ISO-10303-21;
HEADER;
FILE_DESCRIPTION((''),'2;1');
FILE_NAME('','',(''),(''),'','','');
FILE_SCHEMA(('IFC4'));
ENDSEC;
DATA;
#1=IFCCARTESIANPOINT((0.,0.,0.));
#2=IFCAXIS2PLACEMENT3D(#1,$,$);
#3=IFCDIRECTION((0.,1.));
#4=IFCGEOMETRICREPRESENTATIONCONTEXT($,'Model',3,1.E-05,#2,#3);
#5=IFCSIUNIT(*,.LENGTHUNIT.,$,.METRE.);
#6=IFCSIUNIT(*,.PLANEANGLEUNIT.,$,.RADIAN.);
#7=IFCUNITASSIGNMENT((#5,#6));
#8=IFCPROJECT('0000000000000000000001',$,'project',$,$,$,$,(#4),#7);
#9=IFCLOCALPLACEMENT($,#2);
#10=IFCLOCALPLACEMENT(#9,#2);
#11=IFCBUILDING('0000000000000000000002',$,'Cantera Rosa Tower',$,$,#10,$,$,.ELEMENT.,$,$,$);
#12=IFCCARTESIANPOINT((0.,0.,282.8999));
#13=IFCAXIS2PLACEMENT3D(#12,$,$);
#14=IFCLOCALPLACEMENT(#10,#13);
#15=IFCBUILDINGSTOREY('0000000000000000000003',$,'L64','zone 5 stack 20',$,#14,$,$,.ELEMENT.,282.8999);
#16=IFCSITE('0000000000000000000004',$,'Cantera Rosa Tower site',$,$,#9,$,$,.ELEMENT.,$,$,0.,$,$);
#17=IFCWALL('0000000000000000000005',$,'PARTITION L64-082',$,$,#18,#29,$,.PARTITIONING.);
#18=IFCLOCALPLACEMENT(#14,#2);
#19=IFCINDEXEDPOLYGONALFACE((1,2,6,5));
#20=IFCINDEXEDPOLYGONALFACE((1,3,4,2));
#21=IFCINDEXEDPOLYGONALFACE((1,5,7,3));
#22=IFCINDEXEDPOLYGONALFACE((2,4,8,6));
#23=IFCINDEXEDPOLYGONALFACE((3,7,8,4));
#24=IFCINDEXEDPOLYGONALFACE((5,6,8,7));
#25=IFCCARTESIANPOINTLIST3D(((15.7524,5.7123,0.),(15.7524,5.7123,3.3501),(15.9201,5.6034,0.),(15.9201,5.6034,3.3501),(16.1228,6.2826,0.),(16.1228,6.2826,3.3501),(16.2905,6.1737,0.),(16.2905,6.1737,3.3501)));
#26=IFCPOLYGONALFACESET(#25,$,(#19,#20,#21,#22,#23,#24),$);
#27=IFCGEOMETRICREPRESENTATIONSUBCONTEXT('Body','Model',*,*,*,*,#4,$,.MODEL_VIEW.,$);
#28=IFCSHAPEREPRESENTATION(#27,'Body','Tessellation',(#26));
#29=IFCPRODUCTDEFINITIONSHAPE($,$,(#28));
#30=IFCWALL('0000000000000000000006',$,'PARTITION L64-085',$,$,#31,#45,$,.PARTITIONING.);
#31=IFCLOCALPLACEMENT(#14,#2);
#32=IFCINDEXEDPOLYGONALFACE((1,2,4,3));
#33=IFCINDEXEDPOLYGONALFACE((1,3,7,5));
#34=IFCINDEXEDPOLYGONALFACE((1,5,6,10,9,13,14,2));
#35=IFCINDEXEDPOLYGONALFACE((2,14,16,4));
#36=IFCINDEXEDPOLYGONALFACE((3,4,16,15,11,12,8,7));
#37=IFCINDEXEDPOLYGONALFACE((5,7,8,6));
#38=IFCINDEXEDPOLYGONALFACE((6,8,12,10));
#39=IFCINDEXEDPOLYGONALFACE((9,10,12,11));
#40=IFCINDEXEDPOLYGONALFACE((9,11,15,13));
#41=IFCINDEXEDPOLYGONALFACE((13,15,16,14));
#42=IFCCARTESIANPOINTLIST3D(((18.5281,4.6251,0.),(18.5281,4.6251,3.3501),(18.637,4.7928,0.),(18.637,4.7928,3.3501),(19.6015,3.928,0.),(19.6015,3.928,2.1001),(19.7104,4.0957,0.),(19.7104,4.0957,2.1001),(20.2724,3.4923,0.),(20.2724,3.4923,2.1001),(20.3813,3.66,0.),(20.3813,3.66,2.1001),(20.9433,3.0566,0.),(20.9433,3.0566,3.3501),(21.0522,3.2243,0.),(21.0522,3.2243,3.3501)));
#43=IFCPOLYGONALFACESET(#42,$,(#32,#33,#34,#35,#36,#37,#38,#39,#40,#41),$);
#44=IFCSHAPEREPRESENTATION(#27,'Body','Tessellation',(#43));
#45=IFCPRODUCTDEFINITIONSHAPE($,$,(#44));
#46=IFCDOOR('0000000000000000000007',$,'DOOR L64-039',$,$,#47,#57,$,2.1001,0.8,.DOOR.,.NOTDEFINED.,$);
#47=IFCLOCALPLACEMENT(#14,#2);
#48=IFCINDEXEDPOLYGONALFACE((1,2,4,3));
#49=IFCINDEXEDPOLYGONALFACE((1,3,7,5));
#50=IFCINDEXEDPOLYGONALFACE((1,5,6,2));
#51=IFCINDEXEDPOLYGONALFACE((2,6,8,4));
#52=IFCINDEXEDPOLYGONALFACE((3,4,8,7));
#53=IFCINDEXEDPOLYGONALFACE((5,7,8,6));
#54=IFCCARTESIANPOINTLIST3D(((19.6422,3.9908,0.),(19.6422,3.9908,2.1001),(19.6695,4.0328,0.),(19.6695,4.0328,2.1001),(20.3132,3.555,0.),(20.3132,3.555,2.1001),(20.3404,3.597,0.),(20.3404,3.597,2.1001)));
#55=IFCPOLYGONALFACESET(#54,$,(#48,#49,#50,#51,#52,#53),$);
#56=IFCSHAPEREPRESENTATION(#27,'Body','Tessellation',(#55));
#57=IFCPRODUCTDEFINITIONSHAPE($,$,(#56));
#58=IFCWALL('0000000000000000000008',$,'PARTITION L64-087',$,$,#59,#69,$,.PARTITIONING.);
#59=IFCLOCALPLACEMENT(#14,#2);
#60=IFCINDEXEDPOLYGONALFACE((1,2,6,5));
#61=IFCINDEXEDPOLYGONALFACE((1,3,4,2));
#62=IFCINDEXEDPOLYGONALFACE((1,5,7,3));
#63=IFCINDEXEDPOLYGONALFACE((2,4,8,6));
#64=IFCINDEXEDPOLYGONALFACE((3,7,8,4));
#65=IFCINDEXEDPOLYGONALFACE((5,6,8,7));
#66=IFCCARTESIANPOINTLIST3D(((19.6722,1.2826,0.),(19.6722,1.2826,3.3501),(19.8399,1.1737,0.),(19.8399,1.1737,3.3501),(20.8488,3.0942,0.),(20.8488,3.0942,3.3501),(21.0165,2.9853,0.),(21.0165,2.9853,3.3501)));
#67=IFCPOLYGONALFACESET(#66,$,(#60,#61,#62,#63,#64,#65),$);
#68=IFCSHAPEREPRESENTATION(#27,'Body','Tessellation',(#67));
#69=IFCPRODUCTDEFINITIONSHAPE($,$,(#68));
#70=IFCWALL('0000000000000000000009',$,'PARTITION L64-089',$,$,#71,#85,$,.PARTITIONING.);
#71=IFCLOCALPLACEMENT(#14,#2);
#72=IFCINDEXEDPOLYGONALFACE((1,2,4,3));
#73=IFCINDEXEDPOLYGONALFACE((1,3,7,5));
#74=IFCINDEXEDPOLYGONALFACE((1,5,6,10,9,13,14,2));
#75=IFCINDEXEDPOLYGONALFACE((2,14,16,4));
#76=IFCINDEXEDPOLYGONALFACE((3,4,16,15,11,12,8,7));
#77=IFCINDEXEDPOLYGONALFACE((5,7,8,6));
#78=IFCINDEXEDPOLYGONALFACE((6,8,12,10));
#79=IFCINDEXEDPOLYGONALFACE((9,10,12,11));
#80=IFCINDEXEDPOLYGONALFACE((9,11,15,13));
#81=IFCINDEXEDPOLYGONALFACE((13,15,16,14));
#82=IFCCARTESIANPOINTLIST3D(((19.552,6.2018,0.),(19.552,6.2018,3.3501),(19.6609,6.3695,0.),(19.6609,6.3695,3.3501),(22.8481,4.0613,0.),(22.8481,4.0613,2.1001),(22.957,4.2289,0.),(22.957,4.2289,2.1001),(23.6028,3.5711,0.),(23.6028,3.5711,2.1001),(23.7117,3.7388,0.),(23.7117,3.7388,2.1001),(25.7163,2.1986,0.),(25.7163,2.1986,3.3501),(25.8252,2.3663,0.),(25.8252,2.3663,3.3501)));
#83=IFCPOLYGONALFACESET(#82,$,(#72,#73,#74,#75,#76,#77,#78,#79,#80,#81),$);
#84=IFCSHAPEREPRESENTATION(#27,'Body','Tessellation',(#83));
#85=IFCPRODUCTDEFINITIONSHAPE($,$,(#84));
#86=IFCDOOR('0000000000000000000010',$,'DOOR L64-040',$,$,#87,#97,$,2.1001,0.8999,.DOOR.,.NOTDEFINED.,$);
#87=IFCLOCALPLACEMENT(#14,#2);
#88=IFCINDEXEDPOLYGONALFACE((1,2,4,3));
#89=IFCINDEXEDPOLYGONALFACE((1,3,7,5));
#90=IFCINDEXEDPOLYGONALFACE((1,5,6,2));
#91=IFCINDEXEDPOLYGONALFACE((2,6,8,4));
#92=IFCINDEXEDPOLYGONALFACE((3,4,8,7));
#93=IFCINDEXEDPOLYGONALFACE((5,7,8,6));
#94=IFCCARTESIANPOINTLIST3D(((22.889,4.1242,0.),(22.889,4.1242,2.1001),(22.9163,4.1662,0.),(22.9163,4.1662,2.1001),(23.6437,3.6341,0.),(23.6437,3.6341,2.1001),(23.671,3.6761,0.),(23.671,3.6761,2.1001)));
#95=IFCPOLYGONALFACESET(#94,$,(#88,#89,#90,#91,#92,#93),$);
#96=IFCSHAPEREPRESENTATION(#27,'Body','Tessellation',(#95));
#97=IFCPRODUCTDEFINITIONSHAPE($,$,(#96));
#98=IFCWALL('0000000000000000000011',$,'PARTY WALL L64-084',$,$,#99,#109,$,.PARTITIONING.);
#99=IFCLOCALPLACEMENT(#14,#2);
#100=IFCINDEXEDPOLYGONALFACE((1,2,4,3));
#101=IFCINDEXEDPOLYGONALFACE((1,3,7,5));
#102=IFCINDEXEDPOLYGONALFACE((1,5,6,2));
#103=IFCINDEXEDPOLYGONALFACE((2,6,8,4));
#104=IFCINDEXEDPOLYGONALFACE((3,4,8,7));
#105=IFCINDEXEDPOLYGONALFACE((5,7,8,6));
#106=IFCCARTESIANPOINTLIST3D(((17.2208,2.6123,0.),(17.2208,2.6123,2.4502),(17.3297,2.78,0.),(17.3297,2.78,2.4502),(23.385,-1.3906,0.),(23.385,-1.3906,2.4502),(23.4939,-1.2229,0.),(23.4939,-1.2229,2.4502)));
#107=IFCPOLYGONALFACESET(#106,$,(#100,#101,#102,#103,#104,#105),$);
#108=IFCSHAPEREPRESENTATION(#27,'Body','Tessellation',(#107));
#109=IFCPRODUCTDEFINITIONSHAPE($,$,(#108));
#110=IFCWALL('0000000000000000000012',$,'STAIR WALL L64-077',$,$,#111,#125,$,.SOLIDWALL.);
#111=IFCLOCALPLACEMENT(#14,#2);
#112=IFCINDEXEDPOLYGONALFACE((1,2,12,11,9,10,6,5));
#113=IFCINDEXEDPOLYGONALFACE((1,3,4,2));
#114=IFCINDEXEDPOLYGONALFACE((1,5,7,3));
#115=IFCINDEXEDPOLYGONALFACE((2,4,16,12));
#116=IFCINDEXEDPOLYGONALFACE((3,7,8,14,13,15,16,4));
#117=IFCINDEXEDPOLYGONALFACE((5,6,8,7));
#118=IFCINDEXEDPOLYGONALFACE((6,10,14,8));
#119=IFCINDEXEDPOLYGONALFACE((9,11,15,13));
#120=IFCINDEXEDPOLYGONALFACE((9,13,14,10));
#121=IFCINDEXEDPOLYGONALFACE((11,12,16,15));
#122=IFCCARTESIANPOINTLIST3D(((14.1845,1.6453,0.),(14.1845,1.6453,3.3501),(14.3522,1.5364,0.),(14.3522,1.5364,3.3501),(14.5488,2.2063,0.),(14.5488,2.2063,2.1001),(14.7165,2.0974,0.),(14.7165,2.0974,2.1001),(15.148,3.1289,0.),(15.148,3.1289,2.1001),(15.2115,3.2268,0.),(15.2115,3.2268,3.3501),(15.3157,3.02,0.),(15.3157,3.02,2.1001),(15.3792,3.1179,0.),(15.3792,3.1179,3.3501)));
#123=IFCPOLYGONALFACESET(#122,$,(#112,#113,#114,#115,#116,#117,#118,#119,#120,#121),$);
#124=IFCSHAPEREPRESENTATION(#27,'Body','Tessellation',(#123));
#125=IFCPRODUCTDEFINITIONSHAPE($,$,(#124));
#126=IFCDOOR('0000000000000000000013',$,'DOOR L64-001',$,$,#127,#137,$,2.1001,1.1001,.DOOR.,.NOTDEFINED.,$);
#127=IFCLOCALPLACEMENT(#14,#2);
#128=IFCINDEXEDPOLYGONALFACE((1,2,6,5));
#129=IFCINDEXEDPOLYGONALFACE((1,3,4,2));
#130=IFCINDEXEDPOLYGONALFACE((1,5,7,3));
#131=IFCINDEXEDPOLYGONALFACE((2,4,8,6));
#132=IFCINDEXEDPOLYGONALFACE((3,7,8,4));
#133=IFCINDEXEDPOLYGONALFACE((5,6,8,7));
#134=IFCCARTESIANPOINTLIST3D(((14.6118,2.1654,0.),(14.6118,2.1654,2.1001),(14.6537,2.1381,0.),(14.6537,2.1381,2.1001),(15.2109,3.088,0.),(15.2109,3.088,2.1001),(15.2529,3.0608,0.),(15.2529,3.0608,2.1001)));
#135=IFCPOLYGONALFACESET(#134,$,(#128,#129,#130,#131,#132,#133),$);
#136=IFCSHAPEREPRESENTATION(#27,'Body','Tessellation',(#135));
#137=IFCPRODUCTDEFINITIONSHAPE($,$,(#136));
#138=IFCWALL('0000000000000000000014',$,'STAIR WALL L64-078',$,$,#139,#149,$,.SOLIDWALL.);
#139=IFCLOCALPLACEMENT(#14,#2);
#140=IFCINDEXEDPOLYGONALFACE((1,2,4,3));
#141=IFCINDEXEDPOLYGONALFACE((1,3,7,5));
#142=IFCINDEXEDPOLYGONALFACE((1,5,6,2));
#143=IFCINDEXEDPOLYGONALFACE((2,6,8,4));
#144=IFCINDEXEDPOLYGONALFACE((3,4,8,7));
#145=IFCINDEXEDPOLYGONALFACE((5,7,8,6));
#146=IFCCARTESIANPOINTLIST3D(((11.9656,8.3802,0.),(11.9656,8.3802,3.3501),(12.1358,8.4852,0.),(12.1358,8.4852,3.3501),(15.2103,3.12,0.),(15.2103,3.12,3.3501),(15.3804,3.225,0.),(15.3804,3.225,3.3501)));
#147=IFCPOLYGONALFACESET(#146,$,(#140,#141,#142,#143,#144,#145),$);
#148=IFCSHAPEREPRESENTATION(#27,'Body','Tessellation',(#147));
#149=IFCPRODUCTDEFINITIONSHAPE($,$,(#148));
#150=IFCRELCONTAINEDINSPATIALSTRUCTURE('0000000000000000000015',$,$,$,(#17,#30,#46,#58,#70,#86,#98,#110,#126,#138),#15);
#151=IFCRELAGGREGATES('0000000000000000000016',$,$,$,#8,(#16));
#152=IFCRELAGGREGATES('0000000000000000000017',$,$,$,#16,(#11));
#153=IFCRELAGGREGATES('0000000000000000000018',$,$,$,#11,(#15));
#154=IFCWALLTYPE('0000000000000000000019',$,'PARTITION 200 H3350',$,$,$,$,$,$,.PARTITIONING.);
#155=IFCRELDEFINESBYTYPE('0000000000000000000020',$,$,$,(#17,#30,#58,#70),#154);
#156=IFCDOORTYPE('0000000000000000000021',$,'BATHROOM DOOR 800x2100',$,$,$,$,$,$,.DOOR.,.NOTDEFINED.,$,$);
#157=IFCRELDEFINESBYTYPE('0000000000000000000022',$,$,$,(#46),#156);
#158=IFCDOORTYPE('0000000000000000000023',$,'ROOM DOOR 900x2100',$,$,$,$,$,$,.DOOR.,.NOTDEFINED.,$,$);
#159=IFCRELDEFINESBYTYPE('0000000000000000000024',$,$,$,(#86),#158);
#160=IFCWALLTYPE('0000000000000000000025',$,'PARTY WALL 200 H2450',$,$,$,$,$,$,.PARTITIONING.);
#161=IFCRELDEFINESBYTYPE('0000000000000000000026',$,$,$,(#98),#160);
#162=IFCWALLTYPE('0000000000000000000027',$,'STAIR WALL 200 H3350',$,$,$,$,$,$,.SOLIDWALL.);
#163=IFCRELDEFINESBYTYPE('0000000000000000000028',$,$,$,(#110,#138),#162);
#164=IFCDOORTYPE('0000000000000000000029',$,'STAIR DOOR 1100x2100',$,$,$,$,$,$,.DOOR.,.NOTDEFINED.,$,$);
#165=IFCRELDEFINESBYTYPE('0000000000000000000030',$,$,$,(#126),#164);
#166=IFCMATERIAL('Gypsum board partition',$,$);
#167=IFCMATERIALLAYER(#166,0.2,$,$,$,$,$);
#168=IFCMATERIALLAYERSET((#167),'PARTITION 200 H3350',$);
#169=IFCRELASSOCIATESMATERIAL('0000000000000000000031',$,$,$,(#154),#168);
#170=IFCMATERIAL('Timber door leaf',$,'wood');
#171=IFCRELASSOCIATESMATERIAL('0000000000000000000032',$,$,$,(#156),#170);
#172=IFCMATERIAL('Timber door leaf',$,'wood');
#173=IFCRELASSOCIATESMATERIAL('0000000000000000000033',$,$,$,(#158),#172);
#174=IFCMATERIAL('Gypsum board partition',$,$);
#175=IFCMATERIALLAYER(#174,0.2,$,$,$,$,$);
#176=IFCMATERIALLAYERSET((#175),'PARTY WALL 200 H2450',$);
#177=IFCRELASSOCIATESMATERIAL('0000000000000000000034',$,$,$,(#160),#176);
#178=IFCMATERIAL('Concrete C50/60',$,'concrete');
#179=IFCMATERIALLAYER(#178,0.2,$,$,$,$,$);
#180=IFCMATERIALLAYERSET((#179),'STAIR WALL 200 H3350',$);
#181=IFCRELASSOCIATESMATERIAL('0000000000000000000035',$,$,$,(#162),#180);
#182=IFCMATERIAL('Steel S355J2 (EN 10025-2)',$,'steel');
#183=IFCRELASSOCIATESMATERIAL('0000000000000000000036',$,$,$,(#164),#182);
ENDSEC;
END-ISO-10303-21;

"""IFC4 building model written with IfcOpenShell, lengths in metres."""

from ifc_helpers import new_model, si_unit, direction, frame, frame_2d, origin, place, context, subcontext, project, spatial, rectangle, extrude, material, layer, layer_set, type_object, element, fill, save


model = new_model("IFC4")

# Units and contexts
model_context = context("Model", 3, precision=1e-05, world=origin(), true_north=direction((0.0, 1.0)))
body_context = subcontext(model_context, "Body", "Model", "MODEL_VIEW")
ifc_project = project(units=[si_unit("LENGTHUNIT", "METRE"), si_unit("PLANEANGLEUNIT", "RADIAN")], contexts=[model_context])

# Site, building, storey
site_placement = place(None, origin())
site = spatial("IfcSite", under=ifc_project, at=site_placement, Name="Cantera Rosa Tower site", CompositionType="ELEMENT", RefElevation=0.0)
building_placement = place(site_placement, origin())
building = spatial("IfcBuilding", under=site, at=building_placement, Name="Cantera Rosa Tower", CompositionType="ELEMENT")
storey_placement = place(building_placement, frame((0.0, 0.0, 282.8999)))
storey = spatial("IfcBuildingStorey", under=building, at=storey_placement, Name="L64", Description="zone 5 stack 20", CompositionType="ELEMENT", Elevation=282.8999)

# Wall
ifc_material_1 = material(Name="Gypsum board partition")
ifc_layer_1 = layer(ifc_material_1, 0.2)
ifc_layer_set_1 = layer_set([ifc_layer_1], Name="PARTITION 200 H3350")
wall_type_1 = type_object("IfcWallType", Name="PARTITION 200 H3350", PredefinedType="PARTITIONING", material=ifc_layer_set_1)
wall_1_placement = place(storey_placement, frame((16.2065, 6.228, 0.0), z_axis=(0.0, 0.0, 1.0), x_axis=(-0.544635, -0.838673, 0.0)))
element("IfcWall", 1, at=wall_1_placement, inside=storey, type_object=wall_type_1, Name="PARTITION L64-082", PredefinedType="PARTITIONING", context=body_context, shape_type="SweptSolid", body=[
    extrude(rectangle(XDim=0.6799, YDim=0.2, at=frame_2d((0.3398, 0.0))), origin(), (0.0, 0.0, 1.0), 3.3501),
])

# Wall, opening, door
wall_2_placement = place(storey_placement, frame((18.5825, 4.709, 0.0), z_axis=(0.0, 0.0, 1.0), x_axis=(0.838655, -0.544664, 0.0)))
wall_2 = element("IfcWall", 2, at=wall_2_placement, inside=storey, type_object=wall_type_1, Name="PARTITION L64-085", PredefinedType="PARTITIONING", context=body_context, shape_type="SweptSolid", body=[
    extrude(rectangle(XDim=2.8799, YDim=0.2, at=frame_2d((1.4399, 0.0))), origin(), (0.0, 0.0, 1.0), 3.3501),
])
opening_1_placement = place(wall_2_placement, frame((1.28, 0.0, 0.0)))
opening_1 = element("IfcOpeningElement", 3, at=opening_1_placement, cuts=wall_2, PredefinedType="OPENING", context=body_context, shape_type="SweptSolid", body=[
    extrude(rectangle(XDim=0.8, YDim=2.1001, at=frame_2d((0.3999, 1.05))), frame((0.0, 0.1099, 0.0), z_axis=(0.0, -1.0, 0.0), x_axis=(1.0, 0.0, 0.0)), (0.0, 0.0, 1.0), 0.22),
])
ifc_material_2 = material(Name="Timber door leaf", Category="wood")
door_type_1 = type_object("IfcDoorType", Name="BATHROOM DOOR 800x2100", OperationType="NOTDEFINED", PredefinedType="DOOR", material=ifc_material_2)
door_1_placement = place(opening_1_placement, origin())
door_1 = element("IfcDoor", 4, at=door_1_placement, inside=storey, type_object=door_type_1, Name="DOOR L64-039", OperationType="NOTDEFINED", OverallHeight=2.1001, OverallWidth=0.8, PredefinedType="DOOR", context=body_context, shape_type="SweptSolid", body=[
    extrude(rectangle(XDim=0.8, YDim=2.1001, at=frame_2d((0.3999, 1.05))), frame((0.0, 0.0249, 0.0), z_axis=(0.0, -1.0, 0.0), x_axis=(1.0, 0.0, 0.0)), (0.0, 0.0, 1.0), 0.05),
])
fill(opening_1, door_1)

# Wall
wall_3_placement = place(storey_placement, frame((20.9326, 3.0398, 0.0), z_axis=(0.0, 0.0, 1.0), x_axis=(-0.54467, -0.83865, 0.0)))
element("IfcWall", 5, at=wall_3_placement, inside=storey, type_object=wall_type_1, Name="PARTITION L64-087", PredefinedType="PARTITIONING", context=body_context, shape_type="SweptSolid", body=[
    extrude(rectangle(XDim=2.1602, YDim=0.2, at=frame_2d((1.0801, 0.0))), origin(), (0.0, 0.0, 1.0), 3.3501),
])

# Wall, opening, door
wall_4_placement = place(storey_placement, frame((25.7708, 2.2825, 0.0), z_axis=(0.0, 0.0, 1.0), x_axis=(-0.838669, 0.544642, 0.0)))
wall_4 = element("IfcWall", 6, at=wall_4_placement, inside=storey, type_object=wall_type_1, Name="PARTITION L64-089", PredefinedType="PARTITIONING", context=body_context, shape_type="SweptSolid", body=[
    extrude(rectangle(XDim=7.3501, YDim=0.2, at=frame_2d((3.675, 0.0))), origin(), (0.0, 0.0, 1.0), 3.3501),
])
opening_2_placement = place(wall_4_placement, frame((2.52, 0.0, 0.0)))
opening_2 = element("IfcOpeningElement", 7, at=opening_2_placement, cuts=wall_4, PredefinedType="OPENING", context=body_context, shape_type="SweptSolid", body=[
    extrude(rectangle(XDim=0.8999, YDim=2.1001, at=frame_2d((0.45, 1.05))), frame((0.0, 0.1099, 0.0), z_axis=(0.0, -1.0, 0.0), x_axis=(1.0, 0.0, 0.0)), (0.0, 0.0, 1.0), 0.22),
])
ifc_material_3 = material(Name="Timber door leaf", Category="wood")
door_type_2 = type_object("IfcDoorType", Name="ROOM DOOR 900x2100", OperationType="NOTDEFINED", PredefinedType="DOOR", material=ifc_material_3)
door_2_placement = place(opening_2_placement, origin())
door_2 = element("IfcDoor", 8, at=door_2_placement, inside=storey, type_object=door_type_2, Name="DOOR L64-040", OperationType="NOTDEFINED", OverallHeight=2.1001, OverallWidth=0.8999, PredefinedType="DOOR", context=body_context, shape_type="SweptSolid", body=[
    extrude(rectangle(XDim=0.8999, YDim=2.1001, at=frame_2d((0.45, 1.05))), frame((0.0, 0.0249, 0.0), z_axis=(0.0, -1.0, 0.0), x_axis=(1.0, 0.0, 0.0)), (0.0, 0.0, 1.0), 0.05),
])
fill(opening_2, door_2)

# Wall
ifc_material_4 = material(Name="Gypsum board partition")
ifc_layer_2 = layer(ifc_material_4, 0.2)
ifc_layer_set_2 = layer_set([ifc_layer_2], Name="PARTY WALL 200 H2450")
wall_type_2 = type_object("IfcWallType", Name="PARTY WALL 200 H2450", PredefinedType="PARTITIONING", material=ifc_layer_set_2)
wall_5_placement = place(storey_placement, frame((17.2754, 2.696, 0.0), z_axis=(0.0, 0.0, 1.0), x_axis=(0.838684, -0.544618, 0.0)))
element("IfcWall", 9, at=wall_5_placement, inside=storey, type_object=wall_type_2, Name="PARTY WALL L64-084", PredefinedType="PARTITIONING", context=body_context, shape_type="SweptSolid", body=[
    extrude(rectangle(XDim=7.3499, YDim=0.2, at=frame_2d((3.6748, 0.0))), origin(), (0.0, 0.0, 1.0), 2.4502),
])

# Wall, opening, door
ifc_material_5 = material(Name="Concrete C50/60", Category="concrete")
ifc_layer_3 = layer(ifc_material_5, 0.2)
ifc_layer_set_3 = layer_set([ifc_layer_3], Name="STAIR WALL 200 H3350")
wall_type_3 = type_object("IfcWallType", Name="STAIR WALL 200 H3350", PredefinedType="SOLIDWALL", material=ifc_layer_set_3)
wall_6_placement = place(storey_placement, frame((14.2683, 1.5908, 0.0), z_axis=(0.0, 0.0, 1.0), x_axis=(0.544652, 0.838662, 0.0)))
wall_6 = element("IfcWall", 10, at=wall_6_placement, inside=storey, type_object=wall_type_3, Name="STAIR WALL L64-077", PredefinedType="SOLIDWALL", context=body_context, shape_type="SweptSolid", body=[
    extrude(rectangle(XDim=1.8857, YDim=0.2, at=frame_2d((0.9429, 0.0))), origin(), (0.0, 0.0, 1.0), 3.3501),
])
opening_3_placement = place(wall_6_placement, frame((0.6689, 0.0, 0.0)))
opening_3 = element("IfcOpeningElement", 11, at=opening_3_placement, cuts=wall_6, PredefinedType="OPENING", context=body_context, shape_type="SweptSolid", body=[
    extrude(rectangle(XDim=1.1001, YDim=2.1001, at=frame_2d((0.55, 1.05))), frame((0.0, 0.1099, 0.0), z_axis=(0.0, -1.0, 0.0), x_axis=(1.0, 0.0, 0.0)), (0.0, 0.0, 1.0), 0.22),
])
ifc_material_6 = material(Name="Steel S355J2 (EN 10025-2)", Category="steel")
door_type_3 = type_object("IfcDoorType", Name="STAIR DOOR 1100x2100", OperationType="NOTDEFINED", PredefinedType="DOOR", material=ifc_material_6)
door_3_placement = place(opening_3_placement, origin())
door_3 = element("IfcDoor", 12, at=door_3_placement, inside=storey, type_object=door_type_3, Name="DOOR L64-001", OperationType="NOTDEFINED", OverallHeight=2.1001, OverallWidth=1.1001, PredefinedType="DOOR", context=body_context, shape_type="SweptSolid", body=[
    extrude(rectangle(XDim=1.1001, YDim=2.1001, at=frame_2d((0.55, 1.05))), frame((0.0, 0.0249, 0.0), z_axis=(0.0, -1.0, 0.0), x_axis=(1.0, 0.0, 0.0)), (0.0, 0.0, 1.0), 0.05),
])
fill(opening_3, door_3)

# Wall
wall_7_placement = place(storey_placement, frame((15.2954, 3.1724, 0.0), z_axis=(0.0, 0.0, 1.0), x_axis=(-0.524983, 0.851113, 0.0)))
element("IfcWall", 13, at=wall_7_placement, inside=storey, type_object=wall_type_3, Name="STAIR WALL L64-078", PredefinedType="SOLIDWALL", context=body_context, shape_type="SweptSolid", body=[
    extrude(rectangle(XDim=6.1804, YDim=0.2, at=frame_2d((3.0903, 0.0))), origin(), (0.0, 0.0, 1.0), 3.3501),
])

save(model, "model.ifc")
